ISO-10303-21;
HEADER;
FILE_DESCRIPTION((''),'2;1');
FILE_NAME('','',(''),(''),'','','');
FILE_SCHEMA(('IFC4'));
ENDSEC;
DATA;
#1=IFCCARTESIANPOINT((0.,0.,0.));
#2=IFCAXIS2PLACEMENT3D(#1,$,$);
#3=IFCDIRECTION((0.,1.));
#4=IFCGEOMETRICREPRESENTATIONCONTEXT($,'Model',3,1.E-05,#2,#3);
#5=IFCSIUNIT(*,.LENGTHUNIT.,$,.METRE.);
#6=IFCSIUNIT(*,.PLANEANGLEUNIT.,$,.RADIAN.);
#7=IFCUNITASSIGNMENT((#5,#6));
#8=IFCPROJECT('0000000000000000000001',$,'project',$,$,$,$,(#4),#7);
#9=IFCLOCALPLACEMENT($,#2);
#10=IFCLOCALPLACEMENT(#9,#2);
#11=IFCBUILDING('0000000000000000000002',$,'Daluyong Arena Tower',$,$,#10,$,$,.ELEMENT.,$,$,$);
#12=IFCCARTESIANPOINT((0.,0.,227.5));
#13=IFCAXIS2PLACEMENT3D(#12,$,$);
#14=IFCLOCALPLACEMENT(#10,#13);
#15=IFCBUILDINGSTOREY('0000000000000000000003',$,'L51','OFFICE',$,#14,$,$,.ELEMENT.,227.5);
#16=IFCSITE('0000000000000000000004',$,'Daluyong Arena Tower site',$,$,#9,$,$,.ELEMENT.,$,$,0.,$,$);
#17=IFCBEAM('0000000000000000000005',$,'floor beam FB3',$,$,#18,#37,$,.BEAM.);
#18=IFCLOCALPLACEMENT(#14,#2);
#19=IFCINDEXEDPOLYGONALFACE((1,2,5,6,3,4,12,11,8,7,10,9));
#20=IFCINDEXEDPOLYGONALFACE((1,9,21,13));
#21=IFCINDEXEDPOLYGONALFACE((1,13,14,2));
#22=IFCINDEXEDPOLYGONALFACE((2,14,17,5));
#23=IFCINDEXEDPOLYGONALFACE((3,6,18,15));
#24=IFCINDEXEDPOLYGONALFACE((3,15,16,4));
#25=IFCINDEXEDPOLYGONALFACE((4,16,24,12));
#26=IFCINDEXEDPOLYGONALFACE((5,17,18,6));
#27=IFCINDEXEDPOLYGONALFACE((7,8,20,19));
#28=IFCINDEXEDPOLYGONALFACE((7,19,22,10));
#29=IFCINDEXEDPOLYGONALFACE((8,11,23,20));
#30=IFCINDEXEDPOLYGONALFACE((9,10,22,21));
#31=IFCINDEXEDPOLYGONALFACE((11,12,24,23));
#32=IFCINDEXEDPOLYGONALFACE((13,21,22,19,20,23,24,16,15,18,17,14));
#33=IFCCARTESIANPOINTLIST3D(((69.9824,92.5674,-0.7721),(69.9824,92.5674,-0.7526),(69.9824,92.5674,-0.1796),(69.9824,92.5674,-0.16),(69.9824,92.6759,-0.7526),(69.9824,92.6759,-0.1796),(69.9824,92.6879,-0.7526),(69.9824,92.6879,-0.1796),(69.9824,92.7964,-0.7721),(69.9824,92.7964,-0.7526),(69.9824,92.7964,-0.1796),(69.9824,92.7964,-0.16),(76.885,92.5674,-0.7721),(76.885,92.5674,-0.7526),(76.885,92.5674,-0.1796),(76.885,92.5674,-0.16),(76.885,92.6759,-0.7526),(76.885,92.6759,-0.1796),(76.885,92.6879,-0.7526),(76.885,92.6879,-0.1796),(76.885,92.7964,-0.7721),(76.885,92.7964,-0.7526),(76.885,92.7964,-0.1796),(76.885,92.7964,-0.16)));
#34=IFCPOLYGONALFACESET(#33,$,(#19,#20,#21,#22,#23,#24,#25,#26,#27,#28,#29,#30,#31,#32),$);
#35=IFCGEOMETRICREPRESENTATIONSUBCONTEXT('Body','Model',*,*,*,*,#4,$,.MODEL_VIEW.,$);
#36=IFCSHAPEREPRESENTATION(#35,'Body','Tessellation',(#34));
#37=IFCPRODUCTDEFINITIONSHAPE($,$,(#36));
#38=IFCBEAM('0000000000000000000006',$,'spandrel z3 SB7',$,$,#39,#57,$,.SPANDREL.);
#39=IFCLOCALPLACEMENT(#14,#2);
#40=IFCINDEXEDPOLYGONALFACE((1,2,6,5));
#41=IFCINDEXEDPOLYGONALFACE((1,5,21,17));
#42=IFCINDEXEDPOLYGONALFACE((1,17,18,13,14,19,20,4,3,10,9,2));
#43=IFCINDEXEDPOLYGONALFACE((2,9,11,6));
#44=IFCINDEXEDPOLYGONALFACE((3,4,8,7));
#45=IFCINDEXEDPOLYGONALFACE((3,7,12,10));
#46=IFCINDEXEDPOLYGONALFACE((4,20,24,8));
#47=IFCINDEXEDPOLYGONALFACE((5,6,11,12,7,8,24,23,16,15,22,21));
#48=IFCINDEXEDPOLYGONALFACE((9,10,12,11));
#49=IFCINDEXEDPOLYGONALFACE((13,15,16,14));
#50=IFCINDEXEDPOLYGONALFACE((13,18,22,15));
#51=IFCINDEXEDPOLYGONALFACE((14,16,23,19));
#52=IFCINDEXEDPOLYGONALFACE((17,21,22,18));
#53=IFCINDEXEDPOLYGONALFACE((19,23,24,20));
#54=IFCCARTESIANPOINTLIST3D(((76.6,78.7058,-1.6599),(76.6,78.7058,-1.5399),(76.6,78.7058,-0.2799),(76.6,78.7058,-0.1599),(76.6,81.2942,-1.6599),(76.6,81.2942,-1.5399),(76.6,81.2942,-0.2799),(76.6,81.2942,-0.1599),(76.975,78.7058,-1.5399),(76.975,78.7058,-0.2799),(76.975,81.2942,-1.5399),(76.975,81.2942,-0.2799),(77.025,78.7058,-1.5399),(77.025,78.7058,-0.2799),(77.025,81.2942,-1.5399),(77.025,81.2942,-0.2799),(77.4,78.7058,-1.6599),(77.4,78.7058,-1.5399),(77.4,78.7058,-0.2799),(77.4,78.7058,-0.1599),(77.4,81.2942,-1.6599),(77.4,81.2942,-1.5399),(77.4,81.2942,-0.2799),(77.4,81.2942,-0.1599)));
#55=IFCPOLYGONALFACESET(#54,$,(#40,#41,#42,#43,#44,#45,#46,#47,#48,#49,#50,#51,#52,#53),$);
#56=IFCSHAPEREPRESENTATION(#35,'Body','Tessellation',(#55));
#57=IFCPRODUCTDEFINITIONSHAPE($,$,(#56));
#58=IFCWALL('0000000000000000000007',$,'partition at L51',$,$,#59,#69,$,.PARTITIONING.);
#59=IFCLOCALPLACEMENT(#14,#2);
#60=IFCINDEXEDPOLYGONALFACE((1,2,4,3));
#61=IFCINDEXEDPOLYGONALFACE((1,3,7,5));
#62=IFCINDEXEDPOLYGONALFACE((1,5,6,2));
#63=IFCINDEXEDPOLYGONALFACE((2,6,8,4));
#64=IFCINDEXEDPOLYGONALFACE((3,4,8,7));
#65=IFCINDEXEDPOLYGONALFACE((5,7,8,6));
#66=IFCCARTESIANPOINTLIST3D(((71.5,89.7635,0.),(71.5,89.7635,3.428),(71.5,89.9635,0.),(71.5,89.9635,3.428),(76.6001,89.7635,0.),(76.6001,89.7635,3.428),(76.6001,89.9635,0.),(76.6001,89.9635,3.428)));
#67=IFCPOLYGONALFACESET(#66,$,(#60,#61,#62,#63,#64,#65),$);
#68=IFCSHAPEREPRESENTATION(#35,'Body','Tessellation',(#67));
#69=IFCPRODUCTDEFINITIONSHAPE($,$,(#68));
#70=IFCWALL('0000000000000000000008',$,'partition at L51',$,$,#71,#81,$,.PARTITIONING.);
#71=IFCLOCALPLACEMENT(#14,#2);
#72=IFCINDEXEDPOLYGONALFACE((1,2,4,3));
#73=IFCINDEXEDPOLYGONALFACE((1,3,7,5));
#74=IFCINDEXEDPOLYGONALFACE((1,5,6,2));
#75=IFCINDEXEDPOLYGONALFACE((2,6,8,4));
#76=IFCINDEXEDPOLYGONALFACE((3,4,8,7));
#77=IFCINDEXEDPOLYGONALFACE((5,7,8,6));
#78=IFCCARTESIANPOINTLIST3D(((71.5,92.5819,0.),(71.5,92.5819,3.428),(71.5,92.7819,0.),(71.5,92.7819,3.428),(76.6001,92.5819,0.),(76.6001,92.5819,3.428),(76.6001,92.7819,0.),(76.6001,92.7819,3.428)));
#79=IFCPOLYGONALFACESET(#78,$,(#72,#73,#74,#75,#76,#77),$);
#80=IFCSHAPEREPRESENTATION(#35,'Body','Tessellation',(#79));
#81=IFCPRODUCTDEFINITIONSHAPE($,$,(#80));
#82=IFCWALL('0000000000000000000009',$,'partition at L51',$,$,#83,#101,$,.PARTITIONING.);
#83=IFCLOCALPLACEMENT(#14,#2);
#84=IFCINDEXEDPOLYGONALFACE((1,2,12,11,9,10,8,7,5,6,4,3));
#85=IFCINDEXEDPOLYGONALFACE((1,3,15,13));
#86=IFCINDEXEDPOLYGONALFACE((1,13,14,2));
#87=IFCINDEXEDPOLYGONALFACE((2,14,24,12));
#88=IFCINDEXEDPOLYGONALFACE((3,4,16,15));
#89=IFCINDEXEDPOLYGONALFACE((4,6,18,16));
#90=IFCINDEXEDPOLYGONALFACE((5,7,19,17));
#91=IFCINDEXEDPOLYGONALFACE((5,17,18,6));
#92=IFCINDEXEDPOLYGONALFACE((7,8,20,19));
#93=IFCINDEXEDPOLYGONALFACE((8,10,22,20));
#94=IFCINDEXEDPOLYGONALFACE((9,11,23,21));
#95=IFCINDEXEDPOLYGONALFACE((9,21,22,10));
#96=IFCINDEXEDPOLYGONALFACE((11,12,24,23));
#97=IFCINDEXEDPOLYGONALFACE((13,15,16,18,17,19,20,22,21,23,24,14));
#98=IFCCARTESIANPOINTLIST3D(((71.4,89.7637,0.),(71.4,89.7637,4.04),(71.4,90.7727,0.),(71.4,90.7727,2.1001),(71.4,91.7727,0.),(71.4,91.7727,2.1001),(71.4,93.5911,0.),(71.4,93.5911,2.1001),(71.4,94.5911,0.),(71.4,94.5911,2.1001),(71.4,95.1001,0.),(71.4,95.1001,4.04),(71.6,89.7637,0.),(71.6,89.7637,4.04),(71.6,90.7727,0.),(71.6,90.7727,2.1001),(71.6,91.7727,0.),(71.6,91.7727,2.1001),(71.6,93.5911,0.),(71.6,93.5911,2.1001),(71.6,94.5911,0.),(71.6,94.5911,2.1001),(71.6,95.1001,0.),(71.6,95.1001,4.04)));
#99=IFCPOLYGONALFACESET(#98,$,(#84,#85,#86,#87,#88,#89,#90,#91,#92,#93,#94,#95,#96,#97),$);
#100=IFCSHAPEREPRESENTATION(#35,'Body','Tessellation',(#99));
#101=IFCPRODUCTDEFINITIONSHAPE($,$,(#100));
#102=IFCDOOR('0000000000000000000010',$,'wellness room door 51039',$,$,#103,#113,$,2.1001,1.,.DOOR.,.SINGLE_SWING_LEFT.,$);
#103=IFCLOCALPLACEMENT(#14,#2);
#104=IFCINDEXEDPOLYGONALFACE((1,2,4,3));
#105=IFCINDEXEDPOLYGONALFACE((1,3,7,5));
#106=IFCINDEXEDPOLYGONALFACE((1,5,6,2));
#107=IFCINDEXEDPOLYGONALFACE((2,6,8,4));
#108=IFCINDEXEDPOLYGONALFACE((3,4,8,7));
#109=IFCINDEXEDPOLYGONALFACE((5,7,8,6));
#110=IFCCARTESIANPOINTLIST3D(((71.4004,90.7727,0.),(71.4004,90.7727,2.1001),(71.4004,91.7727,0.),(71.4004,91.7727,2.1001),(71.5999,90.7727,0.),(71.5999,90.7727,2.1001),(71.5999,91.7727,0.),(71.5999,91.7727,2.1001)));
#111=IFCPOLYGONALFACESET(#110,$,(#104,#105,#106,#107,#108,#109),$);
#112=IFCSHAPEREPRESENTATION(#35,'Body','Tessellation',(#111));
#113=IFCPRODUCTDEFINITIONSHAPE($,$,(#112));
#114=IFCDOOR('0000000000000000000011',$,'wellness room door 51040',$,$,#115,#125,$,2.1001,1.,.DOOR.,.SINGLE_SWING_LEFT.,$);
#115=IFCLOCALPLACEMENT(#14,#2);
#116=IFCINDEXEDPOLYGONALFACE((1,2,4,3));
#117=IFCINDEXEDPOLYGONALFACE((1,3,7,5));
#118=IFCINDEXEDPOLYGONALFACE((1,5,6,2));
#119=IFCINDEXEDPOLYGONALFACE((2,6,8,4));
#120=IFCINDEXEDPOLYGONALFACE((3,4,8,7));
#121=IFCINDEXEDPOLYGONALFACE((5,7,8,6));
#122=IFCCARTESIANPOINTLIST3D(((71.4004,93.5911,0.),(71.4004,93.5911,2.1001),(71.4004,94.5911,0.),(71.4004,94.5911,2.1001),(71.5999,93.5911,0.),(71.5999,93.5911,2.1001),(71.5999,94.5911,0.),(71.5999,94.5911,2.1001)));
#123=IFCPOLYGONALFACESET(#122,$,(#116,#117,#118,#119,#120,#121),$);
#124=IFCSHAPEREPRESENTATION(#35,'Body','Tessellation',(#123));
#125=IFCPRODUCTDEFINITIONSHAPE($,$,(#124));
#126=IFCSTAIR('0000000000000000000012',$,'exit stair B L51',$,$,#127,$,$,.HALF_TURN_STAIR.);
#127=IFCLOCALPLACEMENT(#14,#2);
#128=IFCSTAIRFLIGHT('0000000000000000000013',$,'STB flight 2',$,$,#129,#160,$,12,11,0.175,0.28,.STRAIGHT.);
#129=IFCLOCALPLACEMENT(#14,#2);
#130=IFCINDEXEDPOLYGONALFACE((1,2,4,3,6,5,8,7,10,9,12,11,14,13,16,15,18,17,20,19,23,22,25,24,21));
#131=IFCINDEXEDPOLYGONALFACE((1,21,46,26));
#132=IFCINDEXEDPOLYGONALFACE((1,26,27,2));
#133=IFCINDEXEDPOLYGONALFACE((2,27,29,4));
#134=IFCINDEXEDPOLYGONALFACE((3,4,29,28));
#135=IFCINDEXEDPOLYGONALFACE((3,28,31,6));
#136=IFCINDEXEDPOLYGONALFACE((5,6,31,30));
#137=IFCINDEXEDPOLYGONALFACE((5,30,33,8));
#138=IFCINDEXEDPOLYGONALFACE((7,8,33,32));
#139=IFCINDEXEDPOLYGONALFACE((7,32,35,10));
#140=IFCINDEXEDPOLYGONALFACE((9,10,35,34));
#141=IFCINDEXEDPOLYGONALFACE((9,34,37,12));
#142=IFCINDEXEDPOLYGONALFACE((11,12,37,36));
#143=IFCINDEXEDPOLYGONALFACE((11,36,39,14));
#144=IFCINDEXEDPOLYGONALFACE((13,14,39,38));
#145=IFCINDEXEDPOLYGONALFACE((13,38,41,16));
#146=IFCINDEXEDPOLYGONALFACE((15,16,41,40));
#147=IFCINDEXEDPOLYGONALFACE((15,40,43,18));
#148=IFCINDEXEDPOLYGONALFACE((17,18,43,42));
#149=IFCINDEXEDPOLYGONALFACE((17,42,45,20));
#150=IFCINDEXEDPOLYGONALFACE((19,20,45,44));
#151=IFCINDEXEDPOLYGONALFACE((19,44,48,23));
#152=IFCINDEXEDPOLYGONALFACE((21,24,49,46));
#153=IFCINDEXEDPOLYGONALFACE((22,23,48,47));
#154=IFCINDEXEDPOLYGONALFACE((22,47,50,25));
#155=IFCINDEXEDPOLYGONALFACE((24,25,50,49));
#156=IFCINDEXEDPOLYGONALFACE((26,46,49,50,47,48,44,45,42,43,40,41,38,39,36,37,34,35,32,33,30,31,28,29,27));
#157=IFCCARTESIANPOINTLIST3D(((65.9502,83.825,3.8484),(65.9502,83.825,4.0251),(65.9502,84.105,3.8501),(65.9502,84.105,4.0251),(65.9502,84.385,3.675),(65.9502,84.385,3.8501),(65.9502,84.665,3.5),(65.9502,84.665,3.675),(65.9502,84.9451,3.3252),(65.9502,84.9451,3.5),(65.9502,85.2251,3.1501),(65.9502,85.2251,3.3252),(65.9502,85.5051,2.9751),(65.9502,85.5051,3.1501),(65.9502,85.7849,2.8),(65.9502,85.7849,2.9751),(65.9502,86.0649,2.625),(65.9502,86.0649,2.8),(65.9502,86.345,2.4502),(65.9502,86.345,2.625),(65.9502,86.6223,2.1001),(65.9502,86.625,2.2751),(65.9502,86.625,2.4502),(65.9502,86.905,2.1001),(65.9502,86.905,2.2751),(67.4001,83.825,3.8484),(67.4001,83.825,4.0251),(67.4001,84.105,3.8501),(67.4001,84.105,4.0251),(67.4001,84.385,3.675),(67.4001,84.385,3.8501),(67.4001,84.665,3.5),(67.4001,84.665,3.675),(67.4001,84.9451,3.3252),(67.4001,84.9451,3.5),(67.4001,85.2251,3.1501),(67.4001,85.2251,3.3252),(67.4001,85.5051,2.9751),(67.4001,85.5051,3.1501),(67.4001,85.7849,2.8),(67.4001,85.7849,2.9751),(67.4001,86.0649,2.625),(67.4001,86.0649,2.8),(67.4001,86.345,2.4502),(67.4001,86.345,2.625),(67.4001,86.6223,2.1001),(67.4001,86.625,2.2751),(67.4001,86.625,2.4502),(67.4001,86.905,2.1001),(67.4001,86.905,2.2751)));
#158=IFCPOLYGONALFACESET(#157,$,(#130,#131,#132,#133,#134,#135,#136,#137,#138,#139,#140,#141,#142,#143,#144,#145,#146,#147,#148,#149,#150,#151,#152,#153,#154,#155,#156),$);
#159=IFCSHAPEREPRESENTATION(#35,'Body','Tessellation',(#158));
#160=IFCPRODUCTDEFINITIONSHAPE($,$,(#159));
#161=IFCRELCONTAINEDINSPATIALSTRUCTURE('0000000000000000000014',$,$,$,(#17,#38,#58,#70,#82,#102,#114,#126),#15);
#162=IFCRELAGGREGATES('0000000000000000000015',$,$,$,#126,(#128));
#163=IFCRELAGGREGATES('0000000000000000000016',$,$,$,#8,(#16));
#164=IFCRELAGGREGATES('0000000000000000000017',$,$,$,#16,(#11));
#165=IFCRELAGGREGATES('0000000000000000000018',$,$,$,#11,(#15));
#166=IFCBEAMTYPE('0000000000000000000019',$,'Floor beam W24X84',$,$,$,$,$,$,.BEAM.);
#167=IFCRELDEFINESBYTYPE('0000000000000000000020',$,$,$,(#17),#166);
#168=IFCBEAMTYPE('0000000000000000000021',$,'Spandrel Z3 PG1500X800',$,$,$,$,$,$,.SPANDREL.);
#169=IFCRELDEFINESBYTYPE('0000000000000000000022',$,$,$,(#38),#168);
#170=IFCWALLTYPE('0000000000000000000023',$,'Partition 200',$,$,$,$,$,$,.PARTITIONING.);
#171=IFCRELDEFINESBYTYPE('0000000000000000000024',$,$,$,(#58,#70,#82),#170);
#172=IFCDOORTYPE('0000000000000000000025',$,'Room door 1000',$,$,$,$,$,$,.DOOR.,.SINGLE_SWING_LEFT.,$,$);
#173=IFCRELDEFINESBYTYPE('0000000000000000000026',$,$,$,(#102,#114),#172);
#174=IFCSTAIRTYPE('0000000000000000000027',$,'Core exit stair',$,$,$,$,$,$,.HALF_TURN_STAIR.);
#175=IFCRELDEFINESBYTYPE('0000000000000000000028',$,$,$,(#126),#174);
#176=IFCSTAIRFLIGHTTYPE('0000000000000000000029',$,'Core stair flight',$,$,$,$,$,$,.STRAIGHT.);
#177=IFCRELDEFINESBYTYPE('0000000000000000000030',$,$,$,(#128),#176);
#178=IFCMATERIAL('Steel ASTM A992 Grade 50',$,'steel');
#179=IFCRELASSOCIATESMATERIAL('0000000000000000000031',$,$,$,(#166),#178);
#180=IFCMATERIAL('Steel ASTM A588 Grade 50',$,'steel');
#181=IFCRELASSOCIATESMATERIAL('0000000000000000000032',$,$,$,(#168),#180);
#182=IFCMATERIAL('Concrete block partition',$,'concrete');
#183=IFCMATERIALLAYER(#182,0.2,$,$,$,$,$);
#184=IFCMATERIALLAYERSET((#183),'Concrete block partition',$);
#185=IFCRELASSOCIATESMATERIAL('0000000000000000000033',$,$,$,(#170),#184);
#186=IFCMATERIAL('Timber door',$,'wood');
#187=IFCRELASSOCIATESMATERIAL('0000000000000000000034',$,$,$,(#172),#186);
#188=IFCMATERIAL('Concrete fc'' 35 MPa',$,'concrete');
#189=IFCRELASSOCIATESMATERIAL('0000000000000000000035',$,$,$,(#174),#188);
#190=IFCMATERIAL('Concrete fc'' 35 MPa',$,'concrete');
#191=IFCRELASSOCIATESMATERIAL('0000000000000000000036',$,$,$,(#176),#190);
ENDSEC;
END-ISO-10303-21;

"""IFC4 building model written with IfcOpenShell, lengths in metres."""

from ifc_helpers import new_model, si_unit, direction, frame, frame_2d, origin, origin_2d, place, context, subcontext, project, spatial, polyline, rectangle, i_section, outline, extrude, material, layer, layer_set, material_profile, profile_set, type_object, element, fill, aggregate, save


model = new_model("IFC4")

# Units and contexts
model_context = context("Model", 3, precision=1e-05, world=origin(), true_north=direction((0.0, 1.0)))
body_context = subcontext(model_context, "Body", "Model", "MODEL_VIEW")
ifc_project = project(units=[si_unit("LENGTHUNIT", "METRE"), si_unit("PLANEANGLEUNIT", "RADIAN")], contexts=[model_context])

# Site, building, storey
site_placement = place(None, origin())
site = spatial("IfcSite", under=ifc_project, at=site_placement, Name="Daluyong Arena Tower site", CompositionType="ELEMENT", RefElevation=0.0)
building_placement = place(site_placement, origin())
building = spatial("IfcBuilding", under=site, at=building_placement, Name="Daluyong Arena Tower", CompositionType="ELEMENT")
storey_placement = place(building_placement, frame((0.0, 0.0, 227.5)))
storey = spatial("IfcBuildingStorey", under=building, at=storey_placement, Name="L51", Description="OFFICE", CompositionType="ELEMENT", Elevation=227.5)

# Beams
ifc_material_1 = material(Name="Steel ASTM A992 Grade 50", Category="steel")
ifc_material_profile_1 = material_profile(ifc_material_1, i_section(OverallWidth=0.229, OverallDepth=0.6121, WebThickness=0.012, FlangeThickness=0.0195, at=origin_2d()))
ifc_profile_set_1 = profile_set([ifc_material_profile_1], Name="Steel ASTM A992 Grade 50")
beam_type_1 = type_object("IfcBeamType", Name="Floor beam W24X84", PredefinedType="BEAM", material=ifc_profile_set_1)
beam_1_placement = place(storey_placement, frame((76.885, 92.6819, -0.4661), z_axis=(-1.0, 0.0, 0.0), x_axis=(0.0, -1.0, 0.0)))
element("IfcBeam", 1, at=beam_1_placement, inside=storey, type_object=beam_type_1, Name="floor beam FB3", PredefinedType="BEAM", context=body_context, shape_type="SweptSolid", body=[
    extrude(i_section(OverallWidth=0.229, OverallDepth=0.6121, WebThickness=0.012, FlangeThickness=0.0195, at=origin_2d()), origin(), (0.0, 0.0, 1.0), 6.9026),
])
ifc_material_2 = material(Name="Steel ASTM A588 Grade 50", Category="steel")
ifc_material_profile_2 = material_profile(ifc_material_2, i_section(OverallWidth=0.8, OverallDepth=1.5, WebThickness=0.05, FlangeThickness=0.12, at=origin_2d()))
ifc_profile_set_2 = profile_set([ifc_material_profile_2], Name="Steel ASTM A588 Grade 50")
beam_type_2 = type_object("IfcBeamType", Name="Spandrel Z3 PG1500X800", PredefinedType="SPANDREL", material=ifc_profile_set_2)
beam_2_placement = place(storey_placement, frame((77.0, 78.7058, -0.9099), z_axis=(0.0, 1.0, 0.0), x_axis=(-1.0, 0.0, 0.0)))
element("IfcBeam", 2, at=beam_2_placement, inside=storey, type_object=beam_type_2, Name="spandrel z3 SB7", PredefinedType="SPANDREL", context=body_context, shape_type="SweptSolid", body=[
    extrude(i_section(OverallWidth=0.8, OverallDepth=1.5, WebThickness=0.05, FlangeThickness=0.12, at=origin_2d()), origin(), (0.0, 0.0, 1.0), 2.5884),
])

# Walls
ifc_material_3 = material(Name="Concrete block partition", Category="concrete")
ifc_layer = layer(ifc_material_3, 0.2)
ifc_layer_set = layer_set([ifc_layer], Name="Concrete block partition")
wall_type = type_object("IfcWallType", Name="Partition 200", PredefinedType="PARTITIONING", material=ifc_layer_set)
for number, where, z_axis, x_axis, name in (
    (3, (71.5, 89.8635, 0.0), (0.0, 0.0, 1.0), (1.0, 0.0, 0.0), "partition at L51"),
    (4, (71.5, 92.6819, 0.0), (0.0, 0.0, 1.0), (1.0, 0.0, 0.0), "partition at L51"),
):
    element("IfcWall", number, at=place(storey_placement, frame(where, z_axis=z_axis, x_axis=x_axis)), inside=storey, type_object=wall_type, Name=name, PredefinedType="PARTITIONING", context=body_context, shape_type="SweptSolid", body=[
        extrude(rectangle(XDim=5.1001, YDim=0.2, at=frame_2d((2.55, 0.0))), origin(), (0.0, 0.0, 1.0), 3.428),
    ])

# Wall, openings, doors
wall_placement = place(storey_placement, frame((71.5, 89.7637, 0.0), z_axis=(0.0, 0.0, 1.0), x_axis=(0.0, 1.0, 0.0)))
wall = element("IfcWall", 5, at=wall_placement, inside=storey, type_object=wall_type, Name="partition at L51", PredefinedType="PARTITIONING", context=body_context, shape_type="SweptSolid", body=[
    extrude(rectangle(XDim=5.3364, YDim=0.2, at=frame_2d((2.6682, 0.0))), origin(), (0.0, 0.0, 1.0), 4.04),
])
opening_1_placement = place(wall_placement, frame((1.009, 0.0, 0.0)))
opening_1 = element("IfcOpeningElement", 6, at=opening_1_placement, cuts=wall, PredefinedType="OPENING", context=body_context, shape_type="SweptSolid", body=[
    extrude(rectangle(XDim=1.0, YDim=2.1001, at=frame_2d((0.5, 1.05))), frame((0.0, 0.1099, 0.0), z_axis=(0.0, -1.0, 0.0), x_axis=(1.0, 0.0, 0.0)), (0.0, 0.0, 1.0), 0.22),
])
opening_2_placement = place(wall_placement, frame((3.8274, 0.0, 0.0)))
opening_2 = element("IfcOpeningElement", 7, at=opening_2_placement, cuts=wall, PredefinedType="OPENING", context=body_context, shape_type="SweptSolid", body=[
    extrude(rectangle(XDim=1.0, YDim=2.1001, at=frame_2d((0.5, 1.05))), frame((0.0, 0.1099, 0.0), z_axis=(0.0, -1.0, 0.0), x_axis=(1.0, 0.0, 0.0)), (0.0, 0.0, 1.0), 0.22),
])
ifc_material_4 = material(Name="Timber door", Category="wood")
door_type = type_object("IfcDoorType", Name="Room door 1000", OperationType="SINGLE_SWING_LEFT", PredefinedType="DOOR", material=ifc_material_4)
door_1_placement = place(opening_1_placement, origin())
door_1 = element("IfcDoor", 8, at=door_1_placement, inside=storey, type_object=door_type, Name="wellness room door 51039", OperationType="SINGLE_SWING_LEFT", OverallHeight=2.1001, OverallWidth=1.0, PredefinedType="DOOR", context=body_context, shape_type="SweptSolid", body=[
    extrude(rectangle(XDim=1.0, YDim=2.1001, at=frame_2d((0.5, 1.05))), frame((0.0, 0.0996, 0.0), z_axis=(0.0, -1.0, 0.0), x_axis=(1.0, 0.0, 0.0)), (0.0, 0.0, 1.0), 0.1995),
])
fill(opening_1, door_1)
door_2_placement = place(opening_2_placement, origin())
door_2 = element("IfcDoor", 9, at=door_2_placement, inside=storey, type_object=door_type, Name="wellness room door 51040", OperationType="SINGLE_SWING_LEFT", OverallHeight=2.1001, OverallWidth=1.0, PredefinedType="DOOR", context=body_context, shape_type="SweptSolid", body=[
    extrude(rectangle(XDim=1.0, YDim=2.1001, at=frame_2d((0.5, 1.05))), frame((0.0, 0.0996, 0.0), z_axis=(0.0, -1.0, 0.0), x_axis=(1.0, 0.0, 0.0)), (0.0, 0.0, 1.0), 0.1995),
])
fill(opening_2, door_2)

# Stair, stair flight
ifc_material_5 = material(Name="Concrete fc' 35 MPa", Category="concrete")
stair_type = type_object("IfcStairType", Name="Core exit stair", PredefinedType="HALF_TURN_STAIR", material=ifc_material_5)
stair_placement = place(storey_placement, origin())
stair = element("IfcStair", 10, at=stair_placement, inside=storey, type_object=stair_type, Name="exit stair B L51", PredefinedType="HALF_TURN_STAIR")
ifc_material_6 = material(Name="Concrete fc' 35 MPa", Category="concrete")
stair_flight_type = type_object("IfcStairFlightType", Name="Core stair flight", PredefinedType="STRAIGHT", material=ifc_material_6)
stair_flight_placement = place(storey_placement, frame((66.675, 86.905, 2.1001), z_axis=(0.0, 0.0, 1.0), x_axis=(0.0, -1.0, 0.0)))
stair_flight = element("IfcStairFlight", 11, at=stair_flight_placement, type_object=stair_flight_type, Name="STB flight 2", NumberOfRisers=12, NumberOfTreads=11, PredefinedType="STRAIGHT", RiserHeight=0.175, TreadLength=0.28, context=body_context, shape_type="SweptSolid", body=[
    extrude(outline(polyline([(0.0, 0.0), (0.0, 0.175), (0.28, 0.175), (0.28, 0.3501), (0.5601, 0.3501), (0.5601, 0.5249), (0.8401, 0.5249), (0.8401, 0.7), (1.1201, 0.7), (1.1201, 0.875), (1.3999, 0.875), (1.3999, 1.05), (1.6799, 1.05), (1.6799, 1.2251), (1.96, 1.2251), (1.96, 1.3999), (2.24, 1.3999), (2.24, 1.575), (2.52, 1.575), (2.52, 1.75), (2.8, 1.75), (2.8, 1.925), (3.0801, 1.925), (3.0801, 2.1001), (3.0801, 1.7483), (0.2827, 0.0), (0.0, 0.0)])), frame((0.0, 0.7251, 0.0), z_axis=(0.0, -1.0, 0.0), x_axis=(1.0, 0.0, 0.0)), (0.0, 0.0, 1.0), 1.45),
])
aggregate(stair, [stair_flight])

save(model, "model.ifc")
